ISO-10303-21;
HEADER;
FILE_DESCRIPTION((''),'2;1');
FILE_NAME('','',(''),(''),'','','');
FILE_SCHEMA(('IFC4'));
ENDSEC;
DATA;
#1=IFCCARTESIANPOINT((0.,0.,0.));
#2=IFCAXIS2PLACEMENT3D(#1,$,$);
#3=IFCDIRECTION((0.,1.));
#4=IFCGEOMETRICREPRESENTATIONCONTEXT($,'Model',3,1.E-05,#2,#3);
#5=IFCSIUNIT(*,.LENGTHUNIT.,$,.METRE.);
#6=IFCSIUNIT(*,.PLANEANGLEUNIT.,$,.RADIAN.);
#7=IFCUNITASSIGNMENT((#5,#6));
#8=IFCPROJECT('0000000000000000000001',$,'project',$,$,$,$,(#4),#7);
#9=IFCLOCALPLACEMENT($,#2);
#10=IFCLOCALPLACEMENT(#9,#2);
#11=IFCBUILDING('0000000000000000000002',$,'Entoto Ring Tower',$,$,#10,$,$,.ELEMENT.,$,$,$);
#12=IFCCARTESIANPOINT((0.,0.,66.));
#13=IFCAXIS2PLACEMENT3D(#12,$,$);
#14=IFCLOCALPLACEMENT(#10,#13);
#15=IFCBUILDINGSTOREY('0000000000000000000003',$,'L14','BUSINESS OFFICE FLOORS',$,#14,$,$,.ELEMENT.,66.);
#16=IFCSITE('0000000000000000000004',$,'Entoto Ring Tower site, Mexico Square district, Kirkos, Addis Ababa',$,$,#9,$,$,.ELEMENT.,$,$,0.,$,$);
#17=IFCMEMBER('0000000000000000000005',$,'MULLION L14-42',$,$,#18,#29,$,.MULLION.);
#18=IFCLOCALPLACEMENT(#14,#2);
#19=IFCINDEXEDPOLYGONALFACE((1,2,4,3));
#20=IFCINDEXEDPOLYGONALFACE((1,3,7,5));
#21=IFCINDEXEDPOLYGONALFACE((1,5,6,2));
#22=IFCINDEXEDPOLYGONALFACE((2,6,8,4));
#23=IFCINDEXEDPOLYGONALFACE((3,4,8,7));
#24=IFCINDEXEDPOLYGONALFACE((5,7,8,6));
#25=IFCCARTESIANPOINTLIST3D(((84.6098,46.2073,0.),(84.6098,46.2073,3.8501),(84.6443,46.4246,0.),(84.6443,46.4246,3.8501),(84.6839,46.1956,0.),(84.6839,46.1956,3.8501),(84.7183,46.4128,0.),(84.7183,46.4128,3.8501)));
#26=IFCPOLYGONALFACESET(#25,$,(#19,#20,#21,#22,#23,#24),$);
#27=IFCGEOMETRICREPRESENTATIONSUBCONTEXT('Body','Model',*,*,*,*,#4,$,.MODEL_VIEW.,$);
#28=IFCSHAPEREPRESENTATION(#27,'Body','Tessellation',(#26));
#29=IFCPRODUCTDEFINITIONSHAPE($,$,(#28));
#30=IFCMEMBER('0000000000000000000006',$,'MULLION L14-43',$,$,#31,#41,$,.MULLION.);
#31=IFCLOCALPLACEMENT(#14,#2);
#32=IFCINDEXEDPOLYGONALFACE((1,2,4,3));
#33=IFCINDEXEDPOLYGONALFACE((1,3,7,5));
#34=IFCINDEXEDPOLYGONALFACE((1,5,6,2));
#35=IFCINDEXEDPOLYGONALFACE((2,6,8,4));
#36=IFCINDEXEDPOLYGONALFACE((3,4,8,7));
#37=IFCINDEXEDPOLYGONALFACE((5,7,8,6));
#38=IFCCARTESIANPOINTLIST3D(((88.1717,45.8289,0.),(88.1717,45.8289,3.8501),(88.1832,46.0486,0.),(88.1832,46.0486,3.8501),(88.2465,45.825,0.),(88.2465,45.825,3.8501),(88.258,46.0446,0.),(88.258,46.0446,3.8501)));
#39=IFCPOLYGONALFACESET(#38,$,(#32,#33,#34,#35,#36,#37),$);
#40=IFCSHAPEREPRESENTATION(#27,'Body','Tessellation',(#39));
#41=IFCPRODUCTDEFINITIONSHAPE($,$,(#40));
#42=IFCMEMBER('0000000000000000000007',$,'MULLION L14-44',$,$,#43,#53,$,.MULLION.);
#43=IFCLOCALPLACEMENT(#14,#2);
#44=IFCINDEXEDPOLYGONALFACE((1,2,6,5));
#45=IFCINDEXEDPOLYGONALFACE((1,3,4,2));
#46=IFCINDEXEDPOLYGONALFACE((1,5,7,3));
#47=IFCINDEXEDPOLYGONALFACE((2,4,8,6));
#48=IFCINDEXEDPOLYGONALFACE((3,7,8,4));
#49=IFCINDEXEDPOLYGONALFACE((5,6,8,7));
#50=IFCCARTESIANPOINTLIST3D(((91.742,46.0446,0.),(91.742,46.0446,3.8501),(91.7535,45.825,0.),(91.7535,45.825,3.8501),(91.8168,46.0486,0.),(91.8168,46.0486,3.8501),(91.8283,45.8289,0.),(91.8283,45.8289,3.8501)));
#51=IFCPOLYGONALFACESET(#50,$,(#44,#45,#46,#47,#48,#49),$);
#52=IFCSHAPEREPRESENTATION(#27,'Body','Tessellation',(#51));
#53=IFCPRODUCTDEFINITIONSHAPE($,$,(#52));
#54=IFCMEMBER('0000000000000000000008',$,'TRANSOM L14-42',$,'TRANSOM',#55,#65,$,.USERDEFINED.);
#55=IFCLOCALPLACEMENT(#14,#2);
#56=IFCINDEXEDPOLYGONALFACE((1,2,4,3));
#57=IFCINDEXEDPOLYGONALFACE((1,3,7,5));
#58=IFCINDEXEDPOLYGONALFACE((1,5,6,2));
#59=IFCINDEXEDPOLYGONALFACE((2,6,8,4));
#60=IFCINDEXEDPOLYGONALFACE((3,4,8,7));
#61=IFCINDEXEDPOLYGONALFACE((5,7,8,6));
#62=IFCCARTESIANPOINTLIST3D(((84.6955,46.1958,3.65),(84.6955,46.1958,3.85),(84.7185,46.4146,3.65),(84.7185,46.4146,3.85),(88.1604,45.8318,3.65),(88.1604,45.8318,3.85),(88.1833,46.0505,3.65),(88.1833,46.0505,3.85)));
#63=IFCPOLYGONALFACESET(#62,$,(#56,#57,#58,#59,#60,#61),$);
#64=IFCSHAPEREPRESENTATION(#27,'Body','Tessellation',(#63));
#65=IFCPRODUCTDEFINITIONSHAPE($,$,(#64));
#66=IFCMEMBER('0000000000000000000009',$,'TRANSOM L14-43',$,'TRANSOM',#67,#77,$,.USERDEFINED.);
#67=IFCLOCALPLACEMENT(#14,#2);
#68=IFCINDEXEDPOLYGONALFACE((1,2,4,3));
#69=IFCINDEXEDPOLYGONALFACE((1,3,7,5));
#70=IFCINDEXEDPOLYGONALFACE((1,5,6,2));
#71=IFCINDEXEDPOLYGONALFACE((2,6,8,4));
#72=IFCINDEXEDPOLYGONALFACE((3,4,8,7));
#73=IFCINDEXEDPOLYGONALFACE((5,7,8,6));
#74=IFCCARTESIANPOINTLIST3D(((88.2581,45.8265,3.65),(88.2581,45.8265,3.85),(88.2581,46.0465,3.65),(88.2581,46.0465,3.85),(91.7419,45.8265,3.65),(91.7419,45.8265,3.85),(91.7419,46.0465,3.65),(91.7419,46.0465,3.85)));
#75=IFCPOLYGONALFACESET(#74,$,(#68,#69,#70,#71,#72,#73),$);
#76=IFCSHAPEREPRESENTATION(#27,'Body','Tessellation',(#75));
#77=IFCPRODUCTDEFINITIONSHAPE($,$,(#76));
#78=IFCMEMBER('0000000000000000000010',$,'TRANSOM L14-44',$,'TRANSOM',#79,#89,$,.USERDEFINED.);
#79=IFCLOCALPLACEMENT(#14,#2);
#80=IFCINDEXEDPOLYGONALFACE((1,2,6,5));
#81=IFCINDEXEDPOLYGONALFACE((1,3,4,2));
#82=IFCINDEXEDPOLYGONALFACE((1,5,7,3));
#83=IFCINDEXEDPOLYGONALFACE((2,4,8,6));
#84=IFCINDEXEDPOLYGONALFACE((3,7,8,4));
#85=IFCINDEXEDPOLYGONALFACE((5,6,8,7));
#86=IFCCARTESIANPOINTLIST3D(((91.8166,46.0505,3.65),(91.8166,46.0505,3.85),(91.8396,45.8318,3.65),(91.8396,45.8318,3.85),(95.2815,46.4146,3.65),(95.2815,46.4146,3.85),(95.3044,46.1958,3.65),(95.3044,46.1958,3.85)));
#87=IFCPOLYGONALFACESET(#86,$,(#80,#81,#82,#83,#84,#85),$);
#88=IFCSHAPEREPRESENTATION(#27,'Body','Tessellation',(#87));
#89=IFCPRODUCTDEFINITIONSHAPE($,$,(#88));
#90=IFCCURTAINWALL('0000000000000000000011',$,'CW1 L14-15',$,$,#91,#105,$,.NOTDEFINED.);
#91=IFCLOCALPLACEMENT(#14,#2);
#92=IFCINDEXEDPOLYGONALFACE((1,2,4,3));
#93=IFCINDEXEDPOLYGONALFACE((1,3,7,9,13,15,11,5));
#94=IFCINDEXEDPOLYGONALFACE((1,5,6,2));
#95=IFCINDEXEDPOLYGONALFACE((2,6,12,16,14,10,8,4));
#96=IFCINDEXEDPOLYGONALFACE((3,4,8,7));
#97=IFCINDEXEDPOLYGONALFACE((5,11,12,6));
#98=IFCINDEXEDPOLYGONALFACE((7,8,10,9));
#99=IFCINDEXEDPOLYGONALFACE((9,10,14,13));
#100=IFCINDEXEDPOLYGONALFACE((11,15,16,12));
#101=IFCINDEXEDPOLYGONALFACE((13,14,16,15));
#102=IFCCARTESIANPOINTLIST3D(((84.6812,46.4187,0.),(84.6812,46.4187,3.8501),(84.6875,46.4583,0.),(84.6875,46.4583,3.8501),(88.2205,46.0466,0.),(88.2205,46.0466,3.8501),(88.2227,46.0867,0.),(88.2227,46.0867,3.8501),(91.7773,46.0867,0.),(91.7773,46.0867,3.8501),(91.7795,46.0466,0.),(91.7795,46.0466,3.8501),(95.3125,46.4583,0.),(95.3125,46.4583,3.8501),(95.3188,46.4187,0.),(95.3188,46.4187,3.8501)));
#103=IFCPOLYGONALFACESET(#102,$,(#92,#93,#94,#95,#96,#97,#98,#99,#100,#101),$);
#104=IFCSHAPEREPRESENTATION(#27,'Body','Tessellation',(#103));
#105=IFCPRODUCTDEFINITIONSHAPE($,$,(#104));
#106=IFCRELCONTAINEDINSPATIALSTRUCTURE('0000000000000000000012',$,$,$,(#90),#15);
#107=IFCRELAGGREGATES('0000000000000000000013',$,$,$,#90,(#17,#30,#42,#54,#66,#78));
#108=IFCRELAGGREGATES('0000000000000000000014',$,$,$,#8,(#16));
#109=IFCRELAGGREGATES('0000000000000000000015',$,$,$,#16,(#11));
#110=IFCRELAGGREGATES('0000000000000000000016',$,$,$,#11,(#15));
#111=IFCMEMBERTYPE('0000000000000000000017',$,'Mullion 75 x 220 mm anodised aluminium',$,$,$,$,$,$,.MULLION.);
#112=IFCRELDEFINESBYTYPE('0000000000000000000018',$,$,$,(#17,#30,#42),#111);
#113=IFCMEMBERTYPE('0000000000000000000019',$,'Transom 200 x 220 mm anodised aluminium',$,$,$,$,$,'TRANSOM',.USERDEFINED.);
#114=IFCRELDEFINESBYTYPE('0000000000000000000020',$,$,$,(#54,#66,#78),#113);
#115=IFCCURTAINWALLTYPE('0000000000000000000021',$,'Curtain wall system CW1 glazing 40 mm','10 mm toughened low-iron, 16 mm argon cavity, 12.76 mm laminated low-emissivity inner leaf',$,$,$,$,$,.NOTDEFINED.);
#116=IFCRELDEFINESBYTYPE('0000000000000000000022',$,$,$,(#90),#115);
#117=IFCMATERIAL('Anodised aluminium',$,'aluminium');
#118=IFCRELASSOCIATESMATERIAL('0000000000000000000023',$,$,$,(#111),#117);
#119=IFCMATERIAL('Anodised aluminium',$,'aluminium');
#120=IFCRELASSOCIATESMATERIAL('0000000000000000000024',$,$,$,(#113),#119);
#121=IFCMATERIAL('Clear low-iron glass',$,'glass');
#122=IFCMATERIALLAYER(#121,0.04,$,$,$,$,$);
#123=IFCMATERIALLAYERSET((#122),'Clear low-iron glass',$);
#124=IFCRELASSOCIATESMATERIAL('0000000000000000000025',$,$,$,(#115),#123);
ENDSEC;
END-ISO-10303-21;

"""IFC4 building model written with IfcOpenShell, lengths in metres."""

from ifc_helpers import new_model, si_unit, direction, frame, origin, origin_2d, place, context, subcontext, project, spatial, polyline, rectangle, outline, extrude, material, layer, layer_set, material_profile, profile_set, type_object, element, aggregate, save


model = new_model("IFC4")

# Units and contexts
model_context = context("Model", 3, precision=1e-05, world=origin(), true_north=direction((0.0, 1.0)))
body_context = subcontext(model_context, "Body", "Model", "MODEL_VIEW")
ifc_project = project(units=[si_unit("LENGTHUNIT", "METRE"), si_unit("PLANEANGLEUNIT", "RADIAN")], contexts=[model_context])

# Members
ifc_material_1 = material(Name="Anodised aluminium", Category="aluminium")
ifc_material_profile_1 = material_profile(ifc_material_1, rectangle(XDim=0.075, YDim=0.22, at=origin_2d()), Name="Mullion 75 x 220 mm anodised aluminium")
ifc_profile_set_1 = profile_set([ifc_material_profile_1], Name="Anodised aluminium")
member_type_1 = type_object("IfcMemberType", Name="Mullion 75 x 220 mm anodised aluminium", PredefinedType="MULLION", material=ifc_profile_set_1)
site_placement = place(None, origin())
building_placement = place(site_placement, origin())
storey_placement = place(building_placement, frame((0.0, 0.0, 66.0)))
member_1_placement = place(storey_placement, frame((84.6641, 46.3101, 0.0), z_axis=(0.0, 0.0, 1.0), x_axis=(0.987688, -0.156434, 0.0)))
member_1 = element("IfcMember", 1, at=member_1_placement, type_object=member_type_1, Name="MULLION L14-42", PredefinedType="MULLION", context=body_context, shape_type="SweptSolid", body=[
    extrude(rectangle(XDim=0.075, YDim=0.22, at=origin_2d()), origin(), (0.0, 0.0, 1.0), 3.8501),
])
member_2_placement = place(storey_placement, frame((88.2148, 45.9368, 0.0), z_axis=(0.0, 0.0, 1.0), x_axis=(0.99863, -0.052336, 0.0)))
member_2 = element("IfcMember", 2, at=member_2_placement, type_object=member_type_1, Name="MULLION L14-43", PredefinedType="MULLION", context=body_context, shape_type="SweptSolid", body=[
    extrude(rectangle(XDim=0.075, YDim=0.22, at=origin_2d()), origin(), (0.0, 0.0, 1.0), 3.8501),
])
member_3_placement = place(storey_placement, frame((91.7852, 45.9368, 0.0), z_axis=(0.0, 0.0, 1.0), x_axis=(0.99863, 0.052336, 0.0)))
member_3 = element("IfcMember", 3, at=member_3_placement, type_object=member_type_1, Name="MULLION L14-44", PredefinedType="MULLION", context=body_context, shape_type="SweptSolid", body=[
    extrude(rectangle(XDim=0.075, YDim=0.22, at=origin_2d()), origin(), (0.0, 0.0, 1.0), 3.8501),
])
ifc_material_2 = material(Name="Anodised aluminium", Category="aluminium")
ifc_material_profile_2 = material_profile(ifc_material_2, rectangle(XDim=0.22, YDim=0.2, at=origin_2d()), Name="Transom 200 x 220 mm anodised aluminium")
ifc_profile_set_2 = profile_set([ifc_material_profile_2], Name="Anodised aluminium")
member_type_2 = type_object("IfcMemberType", Name="Transom 200 x 220 mm anodised aluminium", ElementType="TRANSOM", PredefinedType="USERDEFINED", material=ifc_profile_set_2)
member_4_placement = place(storey_placement, frame((84.707, 46.3052, 3.75), z_axis=(0.994527, -0.104484, 0.0), x_axis=(0.104484, 0.994527, 0.0)))
member_4 = element("IfcMember", 4, at=member_4_placement, type_object=member_type_2, Name="TRANSOM L14-42", ObjectType="TRANSOM", PredefinedType="USERDEFINED", context=body_context, shape_type="SweptSolid", body=[
    extrude(rectangle(XDim=0.22, YDim=0.2, at=origin_2d()), origin(), (0.0, 0.0, 1.0), 3.4839),
])
member_5_placement = place(storey_placement, frame((88.2581, 45.9365, 3.75), z_axis=(1.0, 0.0, 0.0), x_axis=(0.0, 1.0, 0.0)))
member_5 = element("IfcMember", 5, at=member_5_placement, type_object=member_type_2, Name="TRANSOM L14-43", ObjectType="TRANSOM", PredefinedType="USERDEFINED", context=body_context, shape_type="SweptSolid", body=[
    extrude(rectangle(XDim=0.22, YDim=0.2, at=origin_2d()), origin(), (0.0, 0.0, 1.0), 3.4839),
])
member_6_placement = place(storey_placement, frame((91.8281, 45.9412, 3.75), z_axis=(0.994527, 0.104484, 0.0), x_axis=(-0.104484, 0.994527, 0.0)))
member_6 = element("IfcMember", 6, at=member_6_placement, type_object=member_type_2, Name="TRANSOM L14-44", ObjectType="TRANSOM", PredefinedType="USERDEFINED", context=body_context, shape_type="SweptSolid", body=[
    extrude(rectangle(XDim=0.22, YDim=0.2, at=origin_2d()), origin(), (0.0, 0.0, 1.0), 3.4839),
])

# Site, building, storey
site = spatial("IfcSite", under=ifc_project, at=site_placement, Name="Entoto Ring Tower site, Mexico Square district, Kirkos, Addis Ababa", CompositionType="ELEMENT", RefElevation=0.0)
building = spatial("IfcBuilding", under=site, at=building_placement, Name="Entoto Ring Tower", CompositionType="ELEMENT")
storey = spatial("IfcBuildingStorey", under=building, at=storey_placement, Name="L14", Description="BUSINESS OFFICE FLOORS", CompositionType="ELEMENT", Elevation=66.0)

# Curtain wall
ifc_material_3 = material(Name="Clear low-iron glass", Category="glass")
ifc_layer = layer(ifc_material_3, 0.04)
ifc_layer_set = layer_set([ifc_layer], Name="Clear low-iron glass")
curtain_wall_type = type_object("IfcCurtainWallType", Name="Curtain wall system CW1 glazing 40 mm", Description="10 mm toughened low-iron, 16 mm argon cavity, 12.76 mm laminated low-emissivity inner leaf", PredefinedType="NOTDEFINED", material=ifc_layer_set)
curtain_wall_1_placement = place(storey_placement, origin())
curtain_wall_1 = element("IfcCurtainWall", 7, at=curtain_wall_1_placement, inside=storey, type_object=curtain_wall_type, Name="CW1 L14-15", PredefinedType="NOTDEFINED", context=body_context, shape_type="SweptSolid", body=[
    extrude(outline(polyline([(84.6812, 46.4187), (88.2205, 46.0466), (91.7795, 46.0466), (95.3188, 46.4187), (95.3125, 46.4583), (91.7773, 46.0867), (88.2227, 46.0867), (84.6875, 46.4583), (84.6812, 46.4187)])), origin(), (0.0, 0.0, 1.0), 3.8501),
])
aggregate(curtain_wall_1, [member_1, member_2, member_3, member_4, member_5, member_6])

save(model, "model.ifc")
